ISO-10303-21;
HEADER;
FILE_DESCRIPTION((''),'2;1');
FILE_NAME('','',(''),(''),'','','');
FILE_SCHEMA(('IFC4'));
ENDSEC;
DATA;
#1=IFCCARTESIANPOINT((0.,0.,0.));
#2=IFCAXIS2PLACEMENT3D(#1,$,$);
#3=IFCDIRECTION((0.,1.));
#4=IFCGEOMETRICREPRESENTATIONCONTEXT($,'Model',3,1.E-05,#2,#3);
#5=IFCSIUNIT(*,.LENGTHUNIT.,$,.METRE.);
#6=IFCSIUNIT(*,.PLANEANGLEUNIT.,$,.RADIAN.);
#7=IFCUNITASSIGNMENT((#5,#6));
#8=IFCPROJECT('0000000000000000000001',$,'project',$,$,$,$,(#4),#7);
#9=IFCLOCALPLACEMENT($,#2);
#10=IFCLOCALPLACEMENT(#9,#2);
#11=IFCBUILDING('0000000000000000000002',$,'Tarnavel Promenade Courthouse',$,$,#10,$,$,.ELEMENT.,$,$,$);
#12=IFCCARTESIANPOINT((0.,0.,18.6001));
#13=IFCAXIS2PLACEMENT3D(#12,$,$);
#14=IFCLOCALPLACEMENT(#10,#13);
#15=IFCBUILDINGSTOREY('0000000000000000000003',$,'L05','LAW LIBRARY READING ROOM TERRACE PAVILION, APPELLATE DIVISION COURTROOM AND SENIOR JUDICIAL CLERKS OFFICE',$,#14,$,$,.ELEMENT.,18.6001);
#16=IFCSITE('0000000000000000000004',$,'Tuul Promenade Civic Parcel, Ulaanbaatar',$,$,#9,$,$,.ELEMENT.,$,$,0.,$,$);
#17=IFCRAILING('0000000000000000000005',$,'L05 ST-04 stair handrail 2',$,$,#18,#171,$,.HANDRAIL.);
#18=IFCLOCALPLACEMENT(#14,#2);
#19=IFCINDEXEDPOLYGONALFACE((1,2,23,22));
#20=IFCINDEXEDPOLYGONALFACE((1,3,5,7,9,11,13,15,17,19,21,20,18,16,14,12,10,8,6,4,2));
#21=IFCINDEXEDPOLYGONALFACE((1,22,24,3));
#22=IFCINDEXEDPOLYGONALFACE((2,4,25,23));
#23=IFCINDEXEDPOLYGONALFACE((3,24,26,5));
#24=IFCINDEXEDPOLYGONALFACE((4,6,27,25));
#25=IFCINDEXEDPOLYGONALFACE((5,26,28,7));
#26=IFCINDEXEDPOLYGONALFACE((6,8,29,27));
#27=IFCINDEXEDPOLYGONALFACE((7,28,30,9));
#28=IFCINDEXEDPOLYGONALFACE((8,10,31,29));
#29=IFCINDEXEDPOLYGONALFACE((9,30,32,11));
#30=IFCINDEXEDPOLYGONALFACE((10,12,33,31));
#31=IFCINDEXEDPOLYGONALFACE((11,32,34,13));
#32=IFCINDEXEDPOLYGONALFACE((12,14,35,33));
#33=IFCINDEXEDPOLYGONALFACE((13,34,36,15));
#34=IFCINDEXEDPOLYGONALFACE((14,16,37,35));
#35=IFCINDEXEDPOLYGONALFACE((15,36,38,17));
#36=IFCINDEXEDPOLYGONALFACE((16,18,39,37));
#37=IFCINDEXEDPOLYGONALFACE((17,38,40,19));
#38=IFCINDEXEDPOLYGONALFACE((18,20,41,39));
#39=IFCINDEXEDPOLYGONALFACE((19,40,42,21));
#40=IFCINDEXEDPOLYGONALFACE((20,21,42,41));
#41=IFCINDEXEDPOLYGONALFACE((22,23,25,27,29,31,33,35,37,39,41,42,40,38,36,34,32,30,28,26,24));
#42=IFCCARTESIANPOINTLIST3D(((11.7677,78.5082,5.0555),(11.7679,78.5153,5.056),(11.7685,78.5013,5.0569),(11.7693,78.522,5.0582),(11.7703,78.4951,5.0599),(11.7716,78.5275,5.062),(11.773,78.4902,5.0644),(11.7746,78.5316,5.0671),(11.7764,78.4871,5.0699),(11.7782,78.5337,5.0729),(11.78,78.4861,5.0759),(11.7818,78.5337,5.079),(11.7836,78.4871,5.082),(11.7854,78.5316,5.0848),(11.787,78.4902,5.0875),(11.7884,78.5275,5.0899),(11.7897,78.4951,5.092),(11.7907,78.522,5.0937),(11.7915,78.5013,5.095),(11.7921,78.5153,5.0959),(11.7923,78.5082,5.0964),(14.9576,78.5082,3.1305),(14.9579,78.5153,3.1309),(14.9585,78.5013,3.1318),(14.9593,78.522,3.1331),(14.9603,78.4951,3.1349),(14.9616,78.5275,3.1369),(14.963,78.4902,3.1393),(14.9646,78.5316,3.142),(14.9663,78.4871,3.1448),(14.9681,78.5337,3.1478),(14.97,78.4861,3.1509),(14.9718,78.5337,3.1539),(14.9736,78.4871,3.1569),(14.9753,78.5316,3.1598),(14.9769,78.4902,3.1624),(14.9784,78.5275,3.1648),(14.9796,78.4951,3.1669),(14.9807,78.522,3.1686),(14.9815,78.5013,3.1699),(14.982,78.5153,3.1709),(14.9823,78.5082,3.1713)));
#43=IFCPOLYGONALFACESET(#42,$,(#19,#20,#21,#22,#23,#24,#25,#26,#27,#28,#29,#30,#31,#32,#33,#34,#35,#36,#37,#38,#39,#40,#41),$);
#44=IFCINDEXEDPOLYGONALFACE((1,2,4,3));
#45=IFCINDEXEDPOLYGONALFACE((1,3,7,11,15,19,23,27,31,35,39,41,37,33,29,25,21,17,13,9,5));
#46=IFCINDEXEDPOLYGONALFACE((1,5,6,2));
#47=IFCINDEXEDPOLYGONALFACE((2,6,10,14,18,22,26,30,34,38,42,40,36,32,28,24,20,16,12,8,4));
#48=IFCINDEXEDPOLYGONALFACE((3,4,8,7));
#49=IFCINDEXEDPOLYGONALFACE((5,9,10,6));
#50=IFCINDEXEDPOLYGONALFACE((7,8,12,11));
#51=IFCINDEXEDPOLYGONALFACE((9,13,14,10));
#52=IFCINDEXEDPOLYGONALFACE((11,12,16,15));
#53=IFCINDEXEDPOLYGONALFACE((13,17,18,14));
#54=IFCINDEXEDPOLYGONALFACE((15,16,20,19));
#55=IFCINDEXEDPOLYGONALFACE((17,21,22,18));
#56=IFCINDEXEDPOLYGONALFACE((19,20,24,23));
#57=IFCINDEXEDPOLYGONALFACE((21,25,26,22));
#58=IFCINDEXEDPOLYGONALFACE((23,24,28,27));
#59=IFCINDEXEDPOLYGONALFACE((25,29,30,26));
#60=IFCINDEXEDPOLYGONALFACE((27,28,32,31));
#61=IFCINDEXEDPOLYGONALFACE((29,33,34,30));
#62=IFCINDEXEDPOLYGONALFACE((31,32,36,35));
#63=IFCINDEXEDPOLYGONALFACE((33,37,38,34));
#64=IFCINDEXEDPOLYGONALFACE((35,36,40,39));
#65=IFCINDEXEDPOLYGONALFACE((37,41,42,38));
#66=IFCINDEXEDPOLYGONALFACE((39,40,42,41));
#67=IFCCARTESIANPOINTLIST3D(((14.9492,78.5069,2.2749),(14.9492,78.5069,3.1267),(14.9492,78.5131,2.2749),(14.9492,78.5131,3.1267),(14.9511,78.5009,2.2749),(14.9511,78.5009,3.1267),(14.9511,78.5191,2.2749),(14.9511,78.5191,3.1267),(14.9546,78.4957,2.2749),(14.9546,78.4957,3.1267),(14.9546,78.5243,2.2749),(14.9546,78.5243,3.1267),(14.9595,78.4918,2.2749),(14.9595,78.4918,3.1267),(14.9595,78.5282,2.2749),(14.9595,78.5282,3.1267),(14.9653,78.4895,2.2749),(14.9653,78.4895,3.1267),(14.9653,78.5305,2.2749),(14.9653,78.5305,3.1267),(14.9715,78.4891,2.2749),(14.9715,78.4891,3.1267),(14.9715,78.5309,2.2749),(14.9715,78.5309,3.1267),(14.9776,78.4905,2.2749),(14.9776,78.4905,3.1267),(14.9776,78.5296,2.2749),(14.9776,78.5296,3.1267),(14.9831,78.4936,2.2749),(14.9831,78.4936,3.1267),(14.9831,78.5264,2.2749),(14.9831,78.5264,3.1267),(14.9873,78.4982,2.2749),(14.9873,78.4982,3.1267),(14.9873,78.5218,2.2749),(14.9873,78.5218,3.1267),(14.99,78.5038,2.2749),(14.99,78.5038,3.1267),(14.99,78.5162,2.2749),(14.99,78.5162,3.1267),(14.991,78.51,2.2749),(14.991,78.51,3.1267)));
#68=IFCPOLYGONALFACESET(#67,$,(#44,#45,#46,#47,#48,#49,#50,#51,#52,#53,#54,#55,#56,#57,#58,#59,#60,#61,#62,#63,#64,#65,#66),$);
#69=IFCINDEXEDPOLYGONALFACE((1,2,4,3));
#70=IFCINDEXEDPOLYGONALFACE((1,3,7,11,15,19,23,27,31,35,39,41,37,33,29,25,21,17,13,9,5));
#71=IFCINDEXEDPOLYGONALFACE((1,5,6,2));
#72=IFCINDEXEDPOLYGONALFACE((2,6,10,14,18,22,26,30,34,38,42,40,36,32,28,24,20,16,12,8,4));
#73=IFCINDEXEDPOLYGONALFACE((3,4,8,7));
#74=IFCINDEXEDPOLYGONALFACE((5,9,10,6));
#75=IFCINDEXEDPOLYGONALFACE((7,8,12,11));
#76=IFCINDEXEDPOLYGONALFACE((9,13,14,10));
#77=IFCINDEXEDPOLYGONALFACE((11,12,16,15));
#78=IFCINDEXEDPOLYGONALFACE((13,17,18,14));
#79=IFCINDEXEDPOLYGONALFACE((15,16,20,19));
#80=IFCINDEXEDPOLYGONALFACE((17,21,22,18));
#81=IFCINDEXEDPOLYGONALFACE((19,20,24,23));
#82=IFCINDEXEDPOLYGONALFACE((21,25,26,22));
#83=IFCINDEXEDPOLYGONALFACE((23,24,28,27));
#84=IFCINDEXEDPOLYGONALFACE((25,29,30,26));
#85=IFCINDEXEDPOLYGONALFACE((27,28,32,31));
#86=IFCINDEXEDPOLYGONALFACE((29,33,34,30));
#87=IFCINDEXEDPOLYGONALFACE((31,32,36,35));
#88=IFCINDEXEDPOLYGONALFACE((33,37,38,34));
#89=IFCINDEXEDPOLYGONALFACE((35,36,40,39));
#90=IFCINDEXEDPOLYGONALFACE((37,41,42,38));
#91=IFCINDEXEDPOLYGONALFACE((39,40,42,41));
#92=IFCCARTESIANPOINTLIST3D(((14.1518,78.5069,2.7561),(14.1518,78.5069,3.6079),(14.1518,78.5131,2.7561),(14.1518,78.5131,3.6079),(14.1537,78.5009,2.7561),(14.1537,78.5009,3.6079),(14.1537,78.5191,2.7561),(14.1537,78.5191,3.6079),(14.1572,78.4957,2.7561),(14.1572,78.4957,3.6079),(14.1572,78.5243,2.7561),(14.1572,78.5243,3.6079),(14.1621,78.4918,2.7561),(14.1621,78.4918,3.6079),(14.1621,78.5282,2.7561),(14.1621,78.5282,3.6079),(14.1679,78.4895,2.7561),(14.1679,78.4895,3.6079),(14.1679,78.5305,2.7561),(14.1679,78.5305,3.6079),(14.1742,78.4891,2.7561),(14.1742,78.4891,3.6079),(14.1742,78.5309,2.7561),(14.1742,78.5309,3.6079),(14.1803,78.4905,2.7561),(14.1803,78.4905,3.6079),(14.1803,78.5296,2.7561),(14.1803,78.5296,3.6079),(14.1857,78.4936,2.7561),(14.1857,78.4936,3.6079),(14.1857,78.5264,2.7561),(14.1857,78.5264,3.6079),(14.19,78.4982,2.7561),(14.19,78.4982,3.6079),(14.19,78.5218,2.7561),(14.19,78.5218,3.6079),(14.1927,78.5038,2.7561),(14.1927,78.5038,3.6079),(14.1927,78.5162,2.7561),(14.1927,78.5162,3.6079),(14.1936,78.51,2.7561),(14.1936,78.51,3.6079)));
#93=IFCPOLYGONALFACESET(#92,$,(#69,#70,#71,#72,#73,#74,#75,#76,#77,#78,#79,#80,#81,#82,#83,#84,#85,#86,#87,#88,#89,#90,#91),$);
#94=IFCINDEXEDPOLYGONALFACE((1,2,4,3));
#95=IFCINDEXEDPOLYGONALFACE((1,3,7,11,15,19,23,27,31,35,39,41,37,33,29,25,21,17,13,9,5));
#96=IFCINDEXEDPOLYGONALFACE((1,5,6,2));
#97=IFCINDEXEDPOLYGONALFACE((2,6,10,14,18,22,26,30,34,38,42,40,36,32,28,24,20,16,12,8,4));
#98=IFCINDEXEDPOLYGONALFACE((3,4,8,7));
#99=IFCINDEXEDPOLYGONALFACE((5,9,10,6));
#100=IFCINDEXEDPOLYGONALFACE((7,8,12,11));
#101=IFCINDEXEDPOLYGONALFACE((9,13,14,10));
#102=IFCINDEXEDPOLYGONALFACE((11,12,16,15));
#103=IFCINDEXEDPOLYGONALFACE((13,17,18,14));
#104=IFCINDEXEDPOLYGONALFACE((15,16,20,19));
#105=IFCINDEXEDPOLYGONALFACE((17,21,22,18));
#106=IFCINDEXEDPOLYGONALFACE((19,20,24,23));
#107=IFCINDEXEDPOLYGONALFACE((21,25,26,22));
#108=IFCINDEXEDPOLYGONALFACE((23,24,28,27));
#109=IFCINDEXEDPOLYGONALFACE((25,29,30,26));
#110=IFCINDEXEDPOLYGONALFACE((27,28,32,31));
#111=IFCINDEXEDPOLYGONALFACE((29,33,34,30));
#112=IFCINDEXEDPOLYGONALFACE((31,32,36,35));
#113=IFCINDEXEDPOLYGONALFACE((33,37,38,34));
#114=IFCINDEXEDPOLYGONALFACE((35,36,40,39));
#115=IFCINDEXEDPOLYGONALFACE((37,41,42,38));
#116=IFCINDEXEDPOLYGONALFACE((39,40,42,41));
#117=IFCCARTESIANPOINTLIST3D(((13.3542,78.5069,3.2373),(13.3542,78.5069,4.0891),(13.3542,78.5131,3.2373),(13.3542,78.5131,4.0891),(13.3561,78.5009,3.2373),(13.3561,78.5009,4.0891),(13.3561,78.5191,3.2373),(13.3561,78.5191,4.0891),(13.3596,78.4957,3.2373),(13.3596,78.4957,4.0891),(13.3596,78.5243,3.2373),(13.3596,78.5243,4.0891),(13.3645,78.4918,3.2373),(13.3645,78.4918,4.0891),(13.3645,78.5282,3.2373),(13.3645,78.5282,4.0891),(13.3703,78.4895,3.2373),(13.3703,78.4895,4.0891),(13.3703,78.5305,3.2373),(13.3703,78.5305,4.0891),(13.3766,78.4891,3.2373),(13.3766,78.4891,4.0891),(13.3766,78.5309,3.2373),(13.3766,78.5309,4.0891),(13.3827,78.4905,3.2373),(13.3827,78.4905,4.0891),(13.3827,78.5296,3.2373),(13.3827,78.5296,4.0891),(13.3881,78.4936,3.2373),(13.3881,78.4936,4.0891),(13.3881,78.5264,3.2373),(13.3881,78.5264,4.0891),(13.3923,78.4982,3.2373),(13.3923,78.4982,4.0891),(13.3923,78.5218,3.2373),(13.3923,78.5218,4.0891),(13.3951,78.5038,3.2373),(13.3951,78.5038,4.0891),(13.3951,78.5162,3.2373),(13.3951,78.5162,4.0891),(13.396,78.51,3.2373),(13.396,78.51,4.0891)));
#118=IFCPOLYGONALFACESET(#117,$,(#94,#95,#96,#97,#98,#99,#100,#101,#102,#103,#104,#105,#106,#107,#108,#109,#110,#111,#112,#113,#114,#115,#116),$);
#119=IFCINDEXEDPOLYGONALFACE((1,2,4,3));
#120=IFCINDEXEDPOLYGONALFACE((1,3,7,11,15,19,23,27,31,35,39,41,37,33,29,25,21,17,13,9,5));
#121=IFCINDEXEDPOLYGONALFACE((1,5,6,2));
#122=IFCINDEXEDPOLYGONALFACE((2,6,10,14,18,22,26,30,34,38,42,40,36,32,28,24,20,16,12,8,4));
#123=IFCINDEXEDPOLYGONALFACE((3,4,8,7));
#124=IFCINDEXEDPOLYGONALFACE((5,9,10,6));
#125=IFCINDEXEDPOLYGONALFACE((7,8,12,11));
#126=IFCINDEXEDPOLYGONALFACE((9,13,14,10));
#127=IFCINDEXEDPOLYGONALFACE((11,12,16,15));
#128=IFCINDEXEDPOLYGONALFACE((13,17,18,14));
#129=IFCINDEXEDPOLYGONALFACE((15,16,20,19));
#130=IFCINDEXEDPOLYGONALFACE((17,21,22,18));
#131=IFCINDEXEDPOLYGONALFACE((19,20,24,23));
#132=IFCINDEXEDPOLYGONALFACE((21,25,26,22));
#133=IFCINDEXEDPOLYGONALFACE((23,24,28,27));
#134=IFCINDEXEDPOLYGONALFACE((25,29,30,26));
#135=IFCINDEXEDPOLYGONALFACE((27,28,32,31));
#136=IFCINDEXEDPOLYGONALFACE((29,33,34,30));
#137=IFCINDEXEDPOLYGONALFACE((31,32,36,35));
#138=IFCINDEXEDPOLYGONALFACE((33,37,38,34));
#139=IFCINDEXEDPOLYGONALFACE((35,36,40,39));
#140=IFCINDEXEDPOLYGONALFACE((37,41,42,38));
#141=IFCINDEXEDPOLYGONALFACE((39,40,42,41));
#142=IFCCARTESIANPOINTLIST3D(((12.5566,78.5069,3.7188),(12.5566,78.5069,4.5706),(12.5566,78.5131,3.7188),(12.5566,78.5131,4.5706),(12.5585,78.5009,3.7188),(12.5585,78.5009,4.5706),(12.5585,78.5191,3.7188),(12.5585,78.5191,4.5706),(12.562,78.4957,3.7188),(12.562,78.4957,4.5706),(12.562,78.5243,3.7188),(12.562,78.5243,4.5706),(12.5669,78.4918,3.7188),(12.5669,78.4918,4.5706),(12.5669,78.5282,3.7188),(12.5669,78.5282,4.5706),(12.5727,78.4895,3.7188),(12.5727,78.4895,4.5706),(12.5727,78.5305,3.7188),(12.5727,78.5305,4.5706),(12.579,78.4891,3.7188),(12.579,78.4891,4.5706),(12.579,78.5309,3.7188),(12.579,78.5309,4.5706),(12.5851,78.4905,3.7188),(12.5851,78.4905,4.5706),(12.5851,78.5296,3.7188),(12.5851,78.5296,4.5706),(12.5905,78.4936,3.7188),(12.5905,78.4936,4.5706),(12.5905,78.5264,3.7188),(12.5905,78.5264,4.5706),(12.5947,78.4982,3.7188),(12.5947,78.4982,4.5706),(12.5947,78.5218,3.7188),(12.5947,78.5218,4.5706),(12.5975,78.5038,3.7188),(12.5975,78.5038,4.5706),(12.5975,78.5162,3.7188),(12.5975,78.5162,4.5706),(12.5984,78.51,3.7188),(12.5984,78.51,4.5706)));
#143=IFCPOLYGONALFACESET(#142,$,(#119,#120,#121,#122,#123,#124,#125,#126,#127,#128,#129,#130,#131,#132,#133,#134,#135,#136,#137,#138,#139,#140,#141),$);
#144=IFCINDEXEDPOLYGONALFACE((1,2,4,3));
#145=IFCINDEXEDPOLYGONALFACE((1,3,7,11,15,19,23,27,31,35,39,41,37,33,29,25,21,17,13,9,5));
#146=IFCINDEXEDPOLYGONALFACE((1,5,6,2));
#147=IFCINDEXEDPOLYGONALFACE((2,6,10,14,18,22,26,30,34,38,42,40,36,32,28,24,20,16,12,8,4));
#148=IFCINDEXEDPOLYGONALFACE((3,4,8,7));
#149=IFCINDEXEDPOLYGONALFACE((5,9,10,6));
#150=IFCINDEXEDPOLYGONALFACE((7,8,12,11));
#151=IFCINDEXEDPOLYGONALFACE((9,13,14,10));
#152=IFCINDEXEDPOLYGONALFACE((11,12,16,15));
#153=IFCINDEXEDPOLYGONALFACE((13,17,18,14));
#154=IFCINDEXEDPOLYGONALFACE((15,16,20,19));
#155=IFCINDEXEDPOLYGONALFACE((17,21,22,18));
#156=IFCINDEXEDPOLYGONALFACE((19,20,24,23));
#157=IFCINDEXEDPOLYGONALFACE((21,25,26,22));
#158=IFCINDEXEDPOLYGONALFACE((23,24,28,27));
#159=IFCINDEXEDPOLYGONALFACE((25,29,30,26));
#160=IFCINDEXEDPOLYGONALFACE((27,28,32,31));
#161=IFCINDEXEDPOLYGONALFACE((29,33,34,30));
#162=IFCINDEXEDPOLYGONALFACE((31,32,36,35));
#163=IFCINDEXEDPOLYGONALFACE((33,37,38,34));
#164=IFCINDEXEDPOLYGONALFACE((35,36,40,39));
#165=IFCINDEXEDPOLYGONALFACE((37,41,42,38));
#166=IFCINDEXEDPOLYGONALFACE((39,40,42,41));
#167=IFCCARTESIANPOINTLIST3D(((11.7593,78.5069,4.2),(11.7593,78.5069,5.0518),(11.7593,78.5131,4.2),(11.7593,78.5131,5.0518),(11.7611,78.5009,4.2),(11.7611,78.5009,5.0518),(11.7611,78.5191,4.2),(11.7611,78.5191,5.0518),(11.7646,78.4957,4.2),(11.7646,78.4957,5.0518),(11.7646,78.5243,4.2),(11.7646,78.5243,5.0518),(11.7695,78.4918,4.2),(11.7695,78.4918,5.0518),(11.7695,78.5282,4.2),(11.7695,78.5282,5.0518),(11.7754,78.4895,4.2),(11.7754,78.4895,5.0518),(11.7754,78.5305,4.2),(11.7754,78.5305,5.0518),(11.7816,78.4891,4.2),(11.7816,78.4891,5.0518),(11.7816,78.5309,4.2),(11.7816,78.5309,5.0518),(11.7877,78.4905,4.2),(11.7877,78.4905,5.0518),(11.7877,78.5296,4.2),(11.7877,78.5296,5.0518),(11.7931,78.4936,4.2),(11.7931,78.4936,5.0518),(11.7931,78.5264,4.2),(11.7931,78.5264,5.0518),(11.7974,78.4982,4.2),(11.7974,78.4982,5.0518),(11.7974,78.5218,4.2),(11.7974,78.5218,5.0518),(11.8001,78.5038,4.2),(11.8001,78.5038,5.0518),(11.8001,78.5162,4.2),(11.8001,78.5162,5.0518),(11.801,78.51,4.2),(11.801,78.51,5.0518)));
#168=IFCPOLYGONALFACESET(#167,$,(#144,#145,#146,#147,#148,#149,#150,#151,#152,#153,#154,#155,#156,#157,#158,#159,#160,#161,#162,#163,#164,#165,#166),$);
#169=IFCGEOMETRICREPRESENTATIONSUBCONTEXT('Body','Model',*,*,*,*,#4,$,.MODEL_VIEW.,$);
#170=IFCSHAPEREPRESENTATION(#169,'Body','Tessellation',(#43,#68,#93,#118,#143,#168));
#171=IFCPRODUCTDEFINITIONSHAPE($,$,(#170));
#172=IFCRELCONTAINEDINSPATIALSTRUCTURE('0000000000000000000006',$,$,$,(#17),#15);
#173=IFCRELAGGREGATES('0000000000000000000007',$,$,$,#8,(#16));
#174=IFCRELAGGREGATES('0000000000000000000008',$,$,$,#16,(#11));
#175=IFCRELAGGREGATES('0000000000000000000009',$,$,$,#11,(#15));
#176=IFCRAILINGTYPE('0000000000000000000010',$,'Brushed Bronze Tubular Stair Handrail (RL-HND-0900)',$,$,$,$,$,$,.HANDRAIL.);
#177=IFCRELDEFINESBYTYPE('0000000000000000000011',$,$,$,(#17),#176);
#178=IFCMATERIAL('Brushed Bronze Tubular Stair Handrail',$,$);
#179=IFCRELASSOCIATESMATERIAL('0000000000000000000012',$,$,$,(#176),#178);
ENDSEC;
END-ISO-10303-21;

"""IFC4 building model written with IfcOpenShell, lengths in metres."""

from ifc_helpers import new_model, si_unit, direction, frame, origin, origin_2d, place, context, subcontext, project, spatial, circle, extrude, material, type_object, element, save


model = new_model("IFC4")

# Units and contexts
model_context = context("Model", 3, precision=1e-05, world=origin(), true_north=direction((0.0, 1.0)))
body_context = subcontext(model_context, "Body", "Model", "MODEL_VIEW")
ifc_project = project(units=[si_unit("LENGTHUNIT", "METRE"), si_unit("PLANEANGLEUNIT", "RADIAN")], contexts=[model_context])

# Site, building, storey
site_placement = place(None, origin())
site = spatial("IfcSite", under=ifc_project, at=site_placement, Name="Tuul Promenade Civic Parcel, Ulaanbaatar", CompositionType="ELEMENT", RefElevation=0.0)
building_placement = place(site_placement, origin())
building = spatial("IfcBuilding", under=site, at=building_placement, Name="Tarnavel Promenade Courthouse", CompositionType="ELEMENT")
storey_placement = place(building_placement, frame((0.0, 0.0, 18.6001)))
storey = spatial("IfcBuildingStorey", under=building, at=storey_placement, Name="L05", Description="LAW LIBRARY READING ROOM TERRACE PAVILION, APPELLATE DIVISION COURTROOM AND SENIOR JUDICIAL CLERKS OFFICE", CompositionType="ELEMENT", Elevation=18.6001)

# Railing
ifc_material_1 = material(Name="Brushed Bronze Tubular Stair Handrail")
railing_type_1 = type_object("IfcRailingType", Name="Brushed Bronze Tubular Stair Handrail (RL-HND-0900)", PredefinedType="HANDRAIL", material=ifc_material_1)
railing_1_placement = place(storey_placement, frame((14.97, 78.51, 2.2749)))
element("IfcRailing", 1, at=railing_1_placement, inside=storey, type_object=railing_type_1, Name="L05 ST-04 stair handrail 2", PredefinedType="HANDRAIL", context=body_context, shape_type="SweptSolid", body=[
    extrude(circle(Radius=0.0239, at=origin_2d()), frame((0.0, 0.0, 0.876), z_axis=(-0.856178, 0.0, 0.516682), x_axis=(0.0, -1.0, 0.0)), (0.0, 0.0, 1.0), 3.7258),
    extrude(circle(Radius=0.021, at=origin_2d()), origin(), (0.0, 0.0, 1.0), 0.8518),
    extrude(circle(Radius=0.021, at=origin_2d()), frame((-0.7974, 0.0, 0.4812)), (0.0, 0.0, 1.0), 0.8518),
    extrude(circle(Radius=0.021, at=origin_2d()), frame((-1.595, 0.0, 0.9624)), (0.0, 0.0, 1.0), 0.8518),
    extrude(circle(Radius=0.021, at=origin_2d()), frame((-2.3926, 0.0, 1.4438)), (0.0, 0.0, 1.0), 0.8518),
    extrude(circle(Radius=0.021, at=origin_2d()), frame((-3.1899, 0.0, 1.925)), (0.0, 0.0, 1.0), 0.8518),
])

save(model, "model.ifc")
